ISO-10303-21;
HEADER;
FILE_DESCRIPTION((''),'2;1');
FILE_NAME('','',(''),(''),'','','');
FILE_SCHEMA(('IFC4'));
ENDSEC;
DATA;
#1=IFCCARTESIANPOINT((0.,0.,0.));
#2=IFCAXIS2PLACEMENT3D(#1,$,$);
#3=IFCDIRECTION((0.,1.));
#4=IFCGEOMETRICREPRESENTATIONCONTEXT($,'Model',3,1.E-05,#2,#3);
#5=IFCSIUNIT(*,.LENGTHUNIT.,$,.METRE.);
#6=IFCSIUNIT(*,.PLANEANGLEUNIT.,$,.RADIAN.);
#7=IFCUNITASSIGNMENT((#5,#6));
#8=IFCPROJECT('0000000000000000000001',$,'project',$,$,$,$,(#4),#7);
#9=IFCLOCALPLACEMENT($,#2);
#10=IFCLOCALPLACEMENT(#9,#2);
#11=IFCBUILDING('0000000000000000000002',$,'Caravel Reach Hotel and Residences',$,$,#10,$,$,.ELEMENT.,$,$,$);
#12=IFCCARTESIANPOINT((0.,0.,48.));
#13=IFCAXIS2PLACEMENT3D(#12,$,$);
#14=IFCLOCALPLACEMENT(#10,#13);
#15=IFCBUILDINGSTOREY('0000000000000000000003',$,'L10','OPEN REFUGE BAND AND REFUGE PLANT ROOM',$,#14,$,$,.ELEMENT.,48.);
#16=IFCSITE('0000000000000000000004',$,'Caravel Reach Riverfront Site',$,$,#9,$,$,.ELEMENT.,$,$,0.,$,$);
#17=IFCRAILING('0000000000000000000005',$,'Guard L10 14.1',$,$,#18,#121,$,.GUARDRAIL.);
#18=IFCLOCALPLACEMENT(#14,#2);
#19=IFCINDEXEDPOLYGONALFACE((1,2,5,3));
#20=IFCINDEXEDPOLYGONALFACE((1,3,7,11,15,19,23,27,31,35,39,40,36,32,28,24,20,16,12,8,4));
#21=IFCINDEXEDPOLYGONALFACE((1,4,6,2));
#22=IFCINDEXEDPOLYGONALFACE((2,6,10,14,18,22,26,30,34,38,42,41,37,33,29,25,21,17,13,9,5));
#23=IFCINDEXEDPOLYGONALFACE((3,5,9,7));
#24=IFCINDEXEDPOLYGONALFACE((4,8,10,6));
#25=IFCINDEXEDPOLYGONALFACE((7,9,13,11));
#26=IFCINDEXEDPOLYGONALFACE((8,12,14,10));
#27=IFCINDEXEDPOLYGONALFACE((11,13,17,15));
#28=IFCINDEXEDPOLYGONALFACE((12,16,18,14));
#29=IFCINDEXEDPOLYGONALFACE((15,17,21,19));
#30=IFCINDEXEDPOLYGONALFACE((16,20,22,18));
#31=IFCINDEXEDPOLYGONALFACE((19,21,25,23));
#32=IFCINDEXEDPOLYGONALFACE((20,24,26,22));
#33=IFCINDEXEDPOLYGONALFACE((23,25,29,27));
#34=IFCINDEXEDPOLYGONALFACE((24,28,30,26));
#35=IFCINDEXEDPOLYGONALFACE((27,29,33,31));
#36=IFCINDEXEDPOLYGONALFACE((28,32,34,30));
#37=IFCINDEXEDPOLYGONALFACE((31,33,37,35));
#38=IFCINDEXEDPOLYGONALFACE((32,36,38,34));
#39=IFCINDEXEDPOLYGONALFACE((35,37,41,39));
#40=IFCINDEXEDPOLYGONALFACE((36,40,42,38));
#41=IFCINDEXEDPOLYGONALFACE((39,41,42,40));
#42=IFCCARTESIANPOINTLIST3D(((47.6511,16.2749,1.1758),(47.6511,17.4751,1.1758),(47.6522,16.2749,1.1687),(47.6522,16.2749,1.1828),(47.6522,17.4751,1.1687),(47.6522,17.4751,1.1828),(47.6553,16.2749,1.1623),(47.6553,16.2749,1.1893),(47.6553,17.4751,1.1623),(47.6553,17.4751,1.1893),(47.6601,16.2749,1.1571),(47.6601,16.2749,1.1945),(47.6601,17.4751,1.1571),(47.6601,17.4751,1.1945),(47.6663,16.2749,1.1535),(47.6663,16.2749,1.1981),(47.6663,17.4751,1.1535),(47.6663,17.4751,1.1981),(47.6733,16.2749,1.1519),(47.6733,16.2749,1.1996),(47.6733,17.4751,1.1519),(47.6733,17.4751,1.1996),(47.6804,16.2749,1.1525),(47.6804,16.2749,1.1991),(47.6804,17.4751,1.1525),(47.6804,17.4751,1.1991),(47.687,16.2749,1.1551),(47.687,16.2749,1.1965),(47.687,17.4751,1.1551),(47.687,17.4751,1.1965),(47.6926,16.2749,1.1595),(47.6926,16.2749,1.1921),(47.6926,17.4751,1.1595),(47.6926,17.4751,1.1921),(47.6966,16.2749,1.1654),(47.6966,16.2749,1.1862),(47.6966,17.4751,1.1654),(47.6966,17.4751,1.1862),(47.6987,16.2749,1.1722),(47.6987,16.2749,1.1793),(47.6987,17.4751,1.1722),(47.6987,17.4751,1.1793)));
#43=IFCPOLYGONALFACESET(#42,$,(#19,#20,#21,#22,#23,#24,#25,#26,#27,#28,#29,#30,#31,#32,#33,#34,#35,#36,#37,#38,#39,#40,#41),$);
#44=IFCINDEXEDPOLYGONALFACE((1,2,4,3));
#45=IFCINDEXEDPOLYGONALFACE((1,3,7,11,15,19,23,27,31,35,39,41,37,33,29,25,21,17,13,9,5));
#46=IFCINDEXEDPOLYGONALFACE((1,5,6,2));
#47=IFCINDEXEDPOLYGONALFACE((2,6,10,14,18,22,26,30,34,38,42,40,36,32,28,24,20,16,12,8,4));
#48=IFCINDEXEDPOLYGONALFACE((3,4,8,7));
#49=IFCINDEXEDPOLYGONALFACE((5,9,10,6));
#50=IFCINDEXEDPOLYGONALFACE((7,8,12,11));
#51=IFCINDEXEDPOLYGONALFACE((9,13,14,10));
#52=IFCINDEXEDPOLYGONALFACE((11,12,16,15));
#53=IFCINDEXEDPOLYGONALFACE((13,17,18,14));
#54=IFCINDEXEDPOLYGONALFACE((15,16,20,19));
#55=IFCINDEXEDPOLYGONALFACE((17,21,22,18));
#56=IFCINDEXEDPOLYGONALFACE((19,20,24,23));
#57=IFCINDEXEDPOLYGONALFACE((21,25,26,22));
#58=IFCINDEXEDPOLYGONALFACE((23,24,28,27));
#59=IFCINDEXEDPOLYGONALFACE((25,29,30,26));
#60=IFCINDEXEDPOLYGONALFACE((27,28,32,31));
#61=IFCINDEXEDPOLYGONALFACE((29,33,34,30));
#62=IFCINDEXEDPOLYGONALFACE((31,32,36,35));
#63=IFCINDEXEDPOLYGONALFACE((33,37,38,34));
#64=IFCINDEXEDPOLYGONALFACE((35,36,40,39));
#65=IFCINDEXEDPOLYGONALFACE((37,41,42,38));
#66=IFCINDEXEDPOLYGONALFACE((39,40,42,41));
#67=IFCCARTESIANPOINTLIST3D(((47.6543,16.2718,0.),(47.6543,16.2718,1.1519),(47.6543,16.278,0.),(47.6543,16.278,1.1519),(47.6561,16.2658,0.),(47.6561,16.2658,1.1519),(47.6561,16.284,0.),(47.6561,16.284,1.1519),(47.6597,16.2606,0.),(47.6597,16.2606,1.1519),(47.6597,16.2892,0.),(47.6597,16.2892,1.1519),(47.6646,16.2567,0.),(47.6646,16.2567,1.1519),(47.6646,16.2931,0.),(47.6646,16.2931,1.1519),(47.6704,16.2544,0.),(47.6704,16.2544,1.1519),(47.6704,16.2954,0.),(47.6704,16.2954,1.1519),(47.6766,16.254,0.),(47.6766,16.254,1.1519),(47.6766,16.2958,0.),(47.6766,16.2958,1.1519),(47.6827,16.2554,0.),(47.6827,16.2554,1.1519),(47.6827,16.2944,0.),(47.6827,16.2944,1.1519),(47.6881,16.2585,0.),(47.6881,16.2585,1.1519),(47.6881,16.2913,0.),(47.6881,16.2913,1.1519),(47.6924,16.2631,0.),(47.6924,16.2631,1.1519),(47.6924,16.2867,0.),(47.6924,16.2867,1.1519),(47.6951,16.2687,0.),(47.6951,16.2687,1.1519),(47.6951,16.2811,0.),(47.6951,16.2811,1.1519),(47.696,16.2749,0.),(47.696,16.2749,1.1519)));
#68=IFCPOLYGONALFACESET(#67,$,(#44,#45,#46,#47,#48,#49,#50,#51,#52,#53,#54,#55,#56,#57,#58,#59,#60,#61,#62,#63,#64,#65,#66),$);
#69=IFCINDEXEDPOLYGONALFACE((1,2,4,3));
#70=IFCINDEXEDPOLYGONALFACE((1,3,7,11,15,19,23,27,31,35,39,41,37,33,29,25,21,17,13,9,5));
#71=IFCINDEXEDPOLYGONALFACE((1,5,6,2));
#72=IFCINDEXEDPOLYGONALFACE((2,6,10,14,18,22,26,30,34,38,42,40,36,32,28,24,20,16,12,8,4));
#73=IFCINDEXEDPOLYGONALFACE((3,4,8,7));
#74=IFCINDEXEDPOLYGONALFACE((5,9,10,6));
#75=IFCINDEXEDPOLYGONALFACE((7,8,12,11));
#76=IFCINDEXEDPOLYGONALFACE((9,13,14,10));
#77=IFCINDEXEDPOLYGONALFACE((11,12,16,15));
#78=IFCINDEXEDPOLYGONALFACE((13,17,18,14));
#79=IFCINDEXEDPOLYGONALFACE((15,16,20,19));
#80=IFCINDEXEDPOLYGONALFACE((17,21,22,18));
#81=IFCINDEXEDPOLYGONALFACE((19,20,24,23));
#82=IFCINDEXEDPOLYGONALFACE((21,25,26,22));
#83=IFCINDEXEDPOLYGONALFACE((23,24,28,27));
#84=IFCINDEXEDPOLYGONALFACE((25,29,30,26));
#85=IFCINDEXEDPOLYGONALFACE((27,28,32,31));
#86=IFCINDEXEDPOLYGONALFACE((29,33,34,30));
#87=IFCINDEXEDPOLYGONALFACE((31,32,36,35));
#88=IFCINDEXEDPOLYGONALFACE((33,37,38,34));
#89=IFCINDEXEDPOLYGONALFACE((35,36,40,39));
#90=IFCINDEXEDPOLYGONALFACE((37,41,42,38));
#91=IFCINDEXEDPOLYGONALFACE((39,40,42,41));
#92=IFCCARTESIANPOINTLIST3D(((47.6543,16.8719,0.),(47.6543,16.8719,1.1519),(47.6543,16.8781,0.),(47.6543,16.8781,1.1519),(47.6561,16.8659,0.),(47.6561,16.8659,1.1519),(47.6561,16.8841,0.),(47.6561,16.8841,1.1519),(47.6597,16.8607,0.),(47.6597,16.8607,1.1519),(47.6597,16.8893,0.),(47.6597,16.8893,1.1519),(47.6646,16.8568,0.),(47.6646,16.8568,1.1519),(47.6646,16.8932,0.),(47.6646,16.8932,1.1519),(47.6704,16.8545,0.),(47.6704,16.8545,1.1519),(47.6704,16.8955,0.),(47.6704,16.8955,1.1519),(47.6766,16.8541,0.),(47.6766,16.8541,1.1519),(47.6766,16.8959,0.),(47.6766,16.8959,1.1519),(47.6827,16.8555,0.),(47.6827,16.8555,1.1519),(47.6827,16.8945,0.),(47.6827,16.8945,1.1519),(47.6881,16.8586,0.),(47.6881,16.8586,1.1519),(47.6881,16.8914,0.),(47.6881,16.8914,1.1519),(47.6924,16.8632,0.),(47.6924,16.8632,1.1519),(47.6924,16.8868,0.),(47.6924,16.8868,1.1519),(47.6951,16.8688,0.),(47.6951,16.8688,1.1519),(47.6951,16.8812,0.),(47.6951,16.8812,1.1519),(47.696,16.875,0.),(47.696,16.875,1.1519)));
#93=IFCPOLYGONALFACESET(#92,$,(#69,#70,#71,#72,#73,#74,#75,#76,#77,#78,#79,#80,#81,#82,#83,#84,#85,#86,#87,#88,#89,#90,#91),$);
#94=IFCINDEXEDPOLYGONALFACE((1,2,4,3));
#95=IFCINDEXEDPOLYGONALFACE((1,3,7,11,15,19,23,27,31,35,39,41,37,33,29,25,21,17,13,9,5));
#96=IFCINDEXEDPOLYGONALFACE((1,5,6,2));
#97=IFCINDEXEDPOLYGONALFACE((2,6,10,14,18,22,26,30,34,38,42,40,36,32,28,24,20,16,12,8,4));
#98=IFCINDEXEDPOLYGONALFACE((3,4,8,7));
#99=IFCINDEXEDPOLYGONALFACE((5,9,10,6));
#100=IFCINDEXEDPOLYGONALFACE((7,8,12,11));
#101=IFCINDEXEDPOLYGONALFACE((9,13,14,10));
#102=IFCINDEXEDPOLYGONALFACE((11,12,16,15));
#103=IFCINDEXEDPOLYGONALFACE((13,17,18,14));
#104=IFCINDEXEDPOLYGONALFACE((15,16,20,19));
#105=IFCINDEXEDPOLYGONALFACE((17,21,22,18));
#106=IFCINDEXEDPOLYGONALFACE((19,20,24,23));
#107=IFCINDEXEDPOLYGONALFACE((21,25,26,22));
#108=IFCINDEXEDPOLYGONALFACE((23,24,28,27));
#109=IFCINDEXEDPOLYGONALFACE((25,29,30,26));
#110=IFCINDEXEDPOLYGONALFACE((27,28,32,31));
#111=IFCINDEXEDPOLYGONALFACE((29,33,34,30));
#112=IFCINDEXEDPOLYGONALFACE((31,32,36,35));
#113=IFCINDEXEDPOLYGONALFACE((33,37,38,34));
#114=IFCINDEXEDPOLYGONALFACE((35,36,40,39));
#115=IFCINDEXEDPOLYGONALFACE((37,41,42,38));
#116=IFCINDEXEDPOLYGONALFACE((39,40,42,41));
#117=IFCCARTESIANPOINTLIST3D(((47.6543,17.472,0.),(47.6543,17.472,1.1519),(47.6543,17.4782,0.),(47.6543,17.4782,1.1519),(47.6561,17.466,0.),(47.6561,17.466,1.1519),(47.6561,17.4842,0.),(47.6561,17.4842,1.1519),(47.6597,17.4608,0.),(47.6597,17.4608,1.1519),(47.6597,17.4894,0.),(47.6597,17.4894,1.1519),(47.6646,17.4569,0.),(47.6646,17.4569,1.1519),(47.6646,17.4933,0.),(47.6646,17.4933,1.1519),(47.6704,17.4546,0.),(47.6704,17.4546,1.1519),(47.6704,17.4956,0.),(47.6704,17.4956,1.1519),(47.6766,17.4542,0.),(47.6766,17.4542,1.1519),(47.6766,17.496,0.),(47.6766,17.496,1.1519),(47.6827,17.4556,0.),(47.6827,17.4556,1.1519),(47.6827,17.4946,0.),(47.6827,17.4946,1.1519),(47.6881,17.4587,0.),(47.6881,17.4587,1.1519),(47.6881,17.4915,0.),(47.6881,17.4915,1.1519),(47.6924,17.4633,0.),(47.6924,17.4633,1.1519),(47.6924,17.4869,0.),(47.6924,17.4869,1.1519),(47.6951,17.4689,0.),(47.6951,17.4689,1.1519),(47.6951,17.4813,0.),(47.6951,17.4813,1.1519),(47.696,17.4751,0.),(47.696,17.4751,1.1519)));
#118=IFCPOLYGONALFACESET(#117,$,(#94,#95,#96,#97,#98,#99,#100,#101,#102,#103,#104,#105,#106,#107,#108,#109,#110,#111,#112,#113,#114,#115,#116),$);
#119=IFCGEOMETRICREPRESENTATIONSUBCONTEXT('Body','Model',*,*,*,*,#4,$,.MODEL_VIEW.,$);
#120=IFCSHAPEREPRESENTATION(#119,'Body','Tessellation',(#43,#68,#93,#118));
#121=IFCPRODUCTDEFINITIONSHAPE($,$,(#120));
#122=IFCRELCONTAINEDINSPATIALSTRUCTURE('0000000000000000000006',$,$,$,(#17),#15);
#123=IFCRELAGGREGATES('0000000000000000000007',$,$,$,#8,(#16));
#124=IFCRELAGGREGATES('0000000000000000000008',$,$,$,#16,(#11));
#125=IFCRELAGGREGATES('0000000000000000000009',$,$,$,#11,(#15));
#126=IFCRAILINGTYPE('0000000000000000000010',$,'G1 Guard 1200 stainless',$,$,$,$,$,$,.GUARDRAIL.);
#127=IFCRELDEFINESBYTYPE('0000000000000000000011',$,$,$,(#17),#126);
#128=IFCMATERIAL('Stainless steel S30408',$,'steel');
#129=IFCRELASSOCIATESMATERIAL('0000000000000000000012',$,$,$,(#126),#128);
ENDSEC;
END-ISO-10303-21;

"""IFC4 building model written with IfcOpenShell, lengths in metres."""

from ifc_helpers import new_model, si_unit, direction, frame, origin, origin_2d, place, context, subcontext, project, spatial, circle, extrude, material, type_object, element, save


model = new_model("IFC4")

# Units and contexts
model_context = context("Model", 3, precision=1e-05, world=origin(), true_north=direction((0.0, 1.0)))
body_context = subcontext(model_context, "Body", "Model", "MODEL_VIEW")
ifc_project = project(units=[si_unit("LENGTHUNIT", "METRE"), si_unit("PLANEANGLEUNIT", "RADIAN")], contexts=[model_context])

# Site, building, storey
site_placement = place(None, origin())
site = spatial("IfcSite", under=ifc_project, at=site_placement, Name="Caravel Reach Riverfront Site", CompositionType="ELEMENT", RefElevation=0.0)
building_placement = place(site_placement, origin())
building = spatial("IfcBuilding", under=site, at=building_placement, Name="Caravel Reach Hotel and Residences", CompositionType="ELEMENT")
storey_placement = place(building_placement, frame((0.0, 0.0, 48.0)))
storey = spatial("IfcBuildingStorey", under=building, at=storey_placement, Name="L10", Description="OPEN REFUGE BAND AND REFUGE PLANT ROOM", CompositionType="ELEMENT", Elevation=48.0)

# Railing
ifc_material_1 = material(Name="Stainless steel S30408", Category="steel")
railing_type_1 = type_object("IfcRailingType", Name="G1 Guard 1200 stainless", PredefinedType="GUARDRAIL", material=ifc_material_1)
railing_1_placement = place(storey_placement, frame((47.675, 16.2749, 0.0)))
element("IfcRailing", 1, at=railing_1_placement, inside=storey, type_object=railing_type_1, Name="Guard L10 14.1", PredefinedType="GUARDRAIL", context=body_context, shape_type="SweptSolid", body=[
    extrude(circle(Radius=0.0239, at=origin_2d()), frame((0.0, 0.0, 1.1758), z_axis=(0.0, 1.0, 0.0), x_axis=(-1.0, 0.0, 0.0)), (0.0, 0.0, 1.0), 1.2002),
    extrude(circle(Radius=0.021, at=origin_2d()), origin(), (0.0, 0.0, 1.0), 1.1519),
    extrude(circle(Radius=0.021, at=origin_2d()), frame((0.0, 0.6001, 0.0)), (0.0, 0.0, 1.0), 1.1519),
    extrude(circle(Radius=0.021, at=origin_2d()), frame((0.0, 1.2002, 0.0)), (0.0, 0.0, 1.0), 1.1519),
])

save(model, "model.ifc")
